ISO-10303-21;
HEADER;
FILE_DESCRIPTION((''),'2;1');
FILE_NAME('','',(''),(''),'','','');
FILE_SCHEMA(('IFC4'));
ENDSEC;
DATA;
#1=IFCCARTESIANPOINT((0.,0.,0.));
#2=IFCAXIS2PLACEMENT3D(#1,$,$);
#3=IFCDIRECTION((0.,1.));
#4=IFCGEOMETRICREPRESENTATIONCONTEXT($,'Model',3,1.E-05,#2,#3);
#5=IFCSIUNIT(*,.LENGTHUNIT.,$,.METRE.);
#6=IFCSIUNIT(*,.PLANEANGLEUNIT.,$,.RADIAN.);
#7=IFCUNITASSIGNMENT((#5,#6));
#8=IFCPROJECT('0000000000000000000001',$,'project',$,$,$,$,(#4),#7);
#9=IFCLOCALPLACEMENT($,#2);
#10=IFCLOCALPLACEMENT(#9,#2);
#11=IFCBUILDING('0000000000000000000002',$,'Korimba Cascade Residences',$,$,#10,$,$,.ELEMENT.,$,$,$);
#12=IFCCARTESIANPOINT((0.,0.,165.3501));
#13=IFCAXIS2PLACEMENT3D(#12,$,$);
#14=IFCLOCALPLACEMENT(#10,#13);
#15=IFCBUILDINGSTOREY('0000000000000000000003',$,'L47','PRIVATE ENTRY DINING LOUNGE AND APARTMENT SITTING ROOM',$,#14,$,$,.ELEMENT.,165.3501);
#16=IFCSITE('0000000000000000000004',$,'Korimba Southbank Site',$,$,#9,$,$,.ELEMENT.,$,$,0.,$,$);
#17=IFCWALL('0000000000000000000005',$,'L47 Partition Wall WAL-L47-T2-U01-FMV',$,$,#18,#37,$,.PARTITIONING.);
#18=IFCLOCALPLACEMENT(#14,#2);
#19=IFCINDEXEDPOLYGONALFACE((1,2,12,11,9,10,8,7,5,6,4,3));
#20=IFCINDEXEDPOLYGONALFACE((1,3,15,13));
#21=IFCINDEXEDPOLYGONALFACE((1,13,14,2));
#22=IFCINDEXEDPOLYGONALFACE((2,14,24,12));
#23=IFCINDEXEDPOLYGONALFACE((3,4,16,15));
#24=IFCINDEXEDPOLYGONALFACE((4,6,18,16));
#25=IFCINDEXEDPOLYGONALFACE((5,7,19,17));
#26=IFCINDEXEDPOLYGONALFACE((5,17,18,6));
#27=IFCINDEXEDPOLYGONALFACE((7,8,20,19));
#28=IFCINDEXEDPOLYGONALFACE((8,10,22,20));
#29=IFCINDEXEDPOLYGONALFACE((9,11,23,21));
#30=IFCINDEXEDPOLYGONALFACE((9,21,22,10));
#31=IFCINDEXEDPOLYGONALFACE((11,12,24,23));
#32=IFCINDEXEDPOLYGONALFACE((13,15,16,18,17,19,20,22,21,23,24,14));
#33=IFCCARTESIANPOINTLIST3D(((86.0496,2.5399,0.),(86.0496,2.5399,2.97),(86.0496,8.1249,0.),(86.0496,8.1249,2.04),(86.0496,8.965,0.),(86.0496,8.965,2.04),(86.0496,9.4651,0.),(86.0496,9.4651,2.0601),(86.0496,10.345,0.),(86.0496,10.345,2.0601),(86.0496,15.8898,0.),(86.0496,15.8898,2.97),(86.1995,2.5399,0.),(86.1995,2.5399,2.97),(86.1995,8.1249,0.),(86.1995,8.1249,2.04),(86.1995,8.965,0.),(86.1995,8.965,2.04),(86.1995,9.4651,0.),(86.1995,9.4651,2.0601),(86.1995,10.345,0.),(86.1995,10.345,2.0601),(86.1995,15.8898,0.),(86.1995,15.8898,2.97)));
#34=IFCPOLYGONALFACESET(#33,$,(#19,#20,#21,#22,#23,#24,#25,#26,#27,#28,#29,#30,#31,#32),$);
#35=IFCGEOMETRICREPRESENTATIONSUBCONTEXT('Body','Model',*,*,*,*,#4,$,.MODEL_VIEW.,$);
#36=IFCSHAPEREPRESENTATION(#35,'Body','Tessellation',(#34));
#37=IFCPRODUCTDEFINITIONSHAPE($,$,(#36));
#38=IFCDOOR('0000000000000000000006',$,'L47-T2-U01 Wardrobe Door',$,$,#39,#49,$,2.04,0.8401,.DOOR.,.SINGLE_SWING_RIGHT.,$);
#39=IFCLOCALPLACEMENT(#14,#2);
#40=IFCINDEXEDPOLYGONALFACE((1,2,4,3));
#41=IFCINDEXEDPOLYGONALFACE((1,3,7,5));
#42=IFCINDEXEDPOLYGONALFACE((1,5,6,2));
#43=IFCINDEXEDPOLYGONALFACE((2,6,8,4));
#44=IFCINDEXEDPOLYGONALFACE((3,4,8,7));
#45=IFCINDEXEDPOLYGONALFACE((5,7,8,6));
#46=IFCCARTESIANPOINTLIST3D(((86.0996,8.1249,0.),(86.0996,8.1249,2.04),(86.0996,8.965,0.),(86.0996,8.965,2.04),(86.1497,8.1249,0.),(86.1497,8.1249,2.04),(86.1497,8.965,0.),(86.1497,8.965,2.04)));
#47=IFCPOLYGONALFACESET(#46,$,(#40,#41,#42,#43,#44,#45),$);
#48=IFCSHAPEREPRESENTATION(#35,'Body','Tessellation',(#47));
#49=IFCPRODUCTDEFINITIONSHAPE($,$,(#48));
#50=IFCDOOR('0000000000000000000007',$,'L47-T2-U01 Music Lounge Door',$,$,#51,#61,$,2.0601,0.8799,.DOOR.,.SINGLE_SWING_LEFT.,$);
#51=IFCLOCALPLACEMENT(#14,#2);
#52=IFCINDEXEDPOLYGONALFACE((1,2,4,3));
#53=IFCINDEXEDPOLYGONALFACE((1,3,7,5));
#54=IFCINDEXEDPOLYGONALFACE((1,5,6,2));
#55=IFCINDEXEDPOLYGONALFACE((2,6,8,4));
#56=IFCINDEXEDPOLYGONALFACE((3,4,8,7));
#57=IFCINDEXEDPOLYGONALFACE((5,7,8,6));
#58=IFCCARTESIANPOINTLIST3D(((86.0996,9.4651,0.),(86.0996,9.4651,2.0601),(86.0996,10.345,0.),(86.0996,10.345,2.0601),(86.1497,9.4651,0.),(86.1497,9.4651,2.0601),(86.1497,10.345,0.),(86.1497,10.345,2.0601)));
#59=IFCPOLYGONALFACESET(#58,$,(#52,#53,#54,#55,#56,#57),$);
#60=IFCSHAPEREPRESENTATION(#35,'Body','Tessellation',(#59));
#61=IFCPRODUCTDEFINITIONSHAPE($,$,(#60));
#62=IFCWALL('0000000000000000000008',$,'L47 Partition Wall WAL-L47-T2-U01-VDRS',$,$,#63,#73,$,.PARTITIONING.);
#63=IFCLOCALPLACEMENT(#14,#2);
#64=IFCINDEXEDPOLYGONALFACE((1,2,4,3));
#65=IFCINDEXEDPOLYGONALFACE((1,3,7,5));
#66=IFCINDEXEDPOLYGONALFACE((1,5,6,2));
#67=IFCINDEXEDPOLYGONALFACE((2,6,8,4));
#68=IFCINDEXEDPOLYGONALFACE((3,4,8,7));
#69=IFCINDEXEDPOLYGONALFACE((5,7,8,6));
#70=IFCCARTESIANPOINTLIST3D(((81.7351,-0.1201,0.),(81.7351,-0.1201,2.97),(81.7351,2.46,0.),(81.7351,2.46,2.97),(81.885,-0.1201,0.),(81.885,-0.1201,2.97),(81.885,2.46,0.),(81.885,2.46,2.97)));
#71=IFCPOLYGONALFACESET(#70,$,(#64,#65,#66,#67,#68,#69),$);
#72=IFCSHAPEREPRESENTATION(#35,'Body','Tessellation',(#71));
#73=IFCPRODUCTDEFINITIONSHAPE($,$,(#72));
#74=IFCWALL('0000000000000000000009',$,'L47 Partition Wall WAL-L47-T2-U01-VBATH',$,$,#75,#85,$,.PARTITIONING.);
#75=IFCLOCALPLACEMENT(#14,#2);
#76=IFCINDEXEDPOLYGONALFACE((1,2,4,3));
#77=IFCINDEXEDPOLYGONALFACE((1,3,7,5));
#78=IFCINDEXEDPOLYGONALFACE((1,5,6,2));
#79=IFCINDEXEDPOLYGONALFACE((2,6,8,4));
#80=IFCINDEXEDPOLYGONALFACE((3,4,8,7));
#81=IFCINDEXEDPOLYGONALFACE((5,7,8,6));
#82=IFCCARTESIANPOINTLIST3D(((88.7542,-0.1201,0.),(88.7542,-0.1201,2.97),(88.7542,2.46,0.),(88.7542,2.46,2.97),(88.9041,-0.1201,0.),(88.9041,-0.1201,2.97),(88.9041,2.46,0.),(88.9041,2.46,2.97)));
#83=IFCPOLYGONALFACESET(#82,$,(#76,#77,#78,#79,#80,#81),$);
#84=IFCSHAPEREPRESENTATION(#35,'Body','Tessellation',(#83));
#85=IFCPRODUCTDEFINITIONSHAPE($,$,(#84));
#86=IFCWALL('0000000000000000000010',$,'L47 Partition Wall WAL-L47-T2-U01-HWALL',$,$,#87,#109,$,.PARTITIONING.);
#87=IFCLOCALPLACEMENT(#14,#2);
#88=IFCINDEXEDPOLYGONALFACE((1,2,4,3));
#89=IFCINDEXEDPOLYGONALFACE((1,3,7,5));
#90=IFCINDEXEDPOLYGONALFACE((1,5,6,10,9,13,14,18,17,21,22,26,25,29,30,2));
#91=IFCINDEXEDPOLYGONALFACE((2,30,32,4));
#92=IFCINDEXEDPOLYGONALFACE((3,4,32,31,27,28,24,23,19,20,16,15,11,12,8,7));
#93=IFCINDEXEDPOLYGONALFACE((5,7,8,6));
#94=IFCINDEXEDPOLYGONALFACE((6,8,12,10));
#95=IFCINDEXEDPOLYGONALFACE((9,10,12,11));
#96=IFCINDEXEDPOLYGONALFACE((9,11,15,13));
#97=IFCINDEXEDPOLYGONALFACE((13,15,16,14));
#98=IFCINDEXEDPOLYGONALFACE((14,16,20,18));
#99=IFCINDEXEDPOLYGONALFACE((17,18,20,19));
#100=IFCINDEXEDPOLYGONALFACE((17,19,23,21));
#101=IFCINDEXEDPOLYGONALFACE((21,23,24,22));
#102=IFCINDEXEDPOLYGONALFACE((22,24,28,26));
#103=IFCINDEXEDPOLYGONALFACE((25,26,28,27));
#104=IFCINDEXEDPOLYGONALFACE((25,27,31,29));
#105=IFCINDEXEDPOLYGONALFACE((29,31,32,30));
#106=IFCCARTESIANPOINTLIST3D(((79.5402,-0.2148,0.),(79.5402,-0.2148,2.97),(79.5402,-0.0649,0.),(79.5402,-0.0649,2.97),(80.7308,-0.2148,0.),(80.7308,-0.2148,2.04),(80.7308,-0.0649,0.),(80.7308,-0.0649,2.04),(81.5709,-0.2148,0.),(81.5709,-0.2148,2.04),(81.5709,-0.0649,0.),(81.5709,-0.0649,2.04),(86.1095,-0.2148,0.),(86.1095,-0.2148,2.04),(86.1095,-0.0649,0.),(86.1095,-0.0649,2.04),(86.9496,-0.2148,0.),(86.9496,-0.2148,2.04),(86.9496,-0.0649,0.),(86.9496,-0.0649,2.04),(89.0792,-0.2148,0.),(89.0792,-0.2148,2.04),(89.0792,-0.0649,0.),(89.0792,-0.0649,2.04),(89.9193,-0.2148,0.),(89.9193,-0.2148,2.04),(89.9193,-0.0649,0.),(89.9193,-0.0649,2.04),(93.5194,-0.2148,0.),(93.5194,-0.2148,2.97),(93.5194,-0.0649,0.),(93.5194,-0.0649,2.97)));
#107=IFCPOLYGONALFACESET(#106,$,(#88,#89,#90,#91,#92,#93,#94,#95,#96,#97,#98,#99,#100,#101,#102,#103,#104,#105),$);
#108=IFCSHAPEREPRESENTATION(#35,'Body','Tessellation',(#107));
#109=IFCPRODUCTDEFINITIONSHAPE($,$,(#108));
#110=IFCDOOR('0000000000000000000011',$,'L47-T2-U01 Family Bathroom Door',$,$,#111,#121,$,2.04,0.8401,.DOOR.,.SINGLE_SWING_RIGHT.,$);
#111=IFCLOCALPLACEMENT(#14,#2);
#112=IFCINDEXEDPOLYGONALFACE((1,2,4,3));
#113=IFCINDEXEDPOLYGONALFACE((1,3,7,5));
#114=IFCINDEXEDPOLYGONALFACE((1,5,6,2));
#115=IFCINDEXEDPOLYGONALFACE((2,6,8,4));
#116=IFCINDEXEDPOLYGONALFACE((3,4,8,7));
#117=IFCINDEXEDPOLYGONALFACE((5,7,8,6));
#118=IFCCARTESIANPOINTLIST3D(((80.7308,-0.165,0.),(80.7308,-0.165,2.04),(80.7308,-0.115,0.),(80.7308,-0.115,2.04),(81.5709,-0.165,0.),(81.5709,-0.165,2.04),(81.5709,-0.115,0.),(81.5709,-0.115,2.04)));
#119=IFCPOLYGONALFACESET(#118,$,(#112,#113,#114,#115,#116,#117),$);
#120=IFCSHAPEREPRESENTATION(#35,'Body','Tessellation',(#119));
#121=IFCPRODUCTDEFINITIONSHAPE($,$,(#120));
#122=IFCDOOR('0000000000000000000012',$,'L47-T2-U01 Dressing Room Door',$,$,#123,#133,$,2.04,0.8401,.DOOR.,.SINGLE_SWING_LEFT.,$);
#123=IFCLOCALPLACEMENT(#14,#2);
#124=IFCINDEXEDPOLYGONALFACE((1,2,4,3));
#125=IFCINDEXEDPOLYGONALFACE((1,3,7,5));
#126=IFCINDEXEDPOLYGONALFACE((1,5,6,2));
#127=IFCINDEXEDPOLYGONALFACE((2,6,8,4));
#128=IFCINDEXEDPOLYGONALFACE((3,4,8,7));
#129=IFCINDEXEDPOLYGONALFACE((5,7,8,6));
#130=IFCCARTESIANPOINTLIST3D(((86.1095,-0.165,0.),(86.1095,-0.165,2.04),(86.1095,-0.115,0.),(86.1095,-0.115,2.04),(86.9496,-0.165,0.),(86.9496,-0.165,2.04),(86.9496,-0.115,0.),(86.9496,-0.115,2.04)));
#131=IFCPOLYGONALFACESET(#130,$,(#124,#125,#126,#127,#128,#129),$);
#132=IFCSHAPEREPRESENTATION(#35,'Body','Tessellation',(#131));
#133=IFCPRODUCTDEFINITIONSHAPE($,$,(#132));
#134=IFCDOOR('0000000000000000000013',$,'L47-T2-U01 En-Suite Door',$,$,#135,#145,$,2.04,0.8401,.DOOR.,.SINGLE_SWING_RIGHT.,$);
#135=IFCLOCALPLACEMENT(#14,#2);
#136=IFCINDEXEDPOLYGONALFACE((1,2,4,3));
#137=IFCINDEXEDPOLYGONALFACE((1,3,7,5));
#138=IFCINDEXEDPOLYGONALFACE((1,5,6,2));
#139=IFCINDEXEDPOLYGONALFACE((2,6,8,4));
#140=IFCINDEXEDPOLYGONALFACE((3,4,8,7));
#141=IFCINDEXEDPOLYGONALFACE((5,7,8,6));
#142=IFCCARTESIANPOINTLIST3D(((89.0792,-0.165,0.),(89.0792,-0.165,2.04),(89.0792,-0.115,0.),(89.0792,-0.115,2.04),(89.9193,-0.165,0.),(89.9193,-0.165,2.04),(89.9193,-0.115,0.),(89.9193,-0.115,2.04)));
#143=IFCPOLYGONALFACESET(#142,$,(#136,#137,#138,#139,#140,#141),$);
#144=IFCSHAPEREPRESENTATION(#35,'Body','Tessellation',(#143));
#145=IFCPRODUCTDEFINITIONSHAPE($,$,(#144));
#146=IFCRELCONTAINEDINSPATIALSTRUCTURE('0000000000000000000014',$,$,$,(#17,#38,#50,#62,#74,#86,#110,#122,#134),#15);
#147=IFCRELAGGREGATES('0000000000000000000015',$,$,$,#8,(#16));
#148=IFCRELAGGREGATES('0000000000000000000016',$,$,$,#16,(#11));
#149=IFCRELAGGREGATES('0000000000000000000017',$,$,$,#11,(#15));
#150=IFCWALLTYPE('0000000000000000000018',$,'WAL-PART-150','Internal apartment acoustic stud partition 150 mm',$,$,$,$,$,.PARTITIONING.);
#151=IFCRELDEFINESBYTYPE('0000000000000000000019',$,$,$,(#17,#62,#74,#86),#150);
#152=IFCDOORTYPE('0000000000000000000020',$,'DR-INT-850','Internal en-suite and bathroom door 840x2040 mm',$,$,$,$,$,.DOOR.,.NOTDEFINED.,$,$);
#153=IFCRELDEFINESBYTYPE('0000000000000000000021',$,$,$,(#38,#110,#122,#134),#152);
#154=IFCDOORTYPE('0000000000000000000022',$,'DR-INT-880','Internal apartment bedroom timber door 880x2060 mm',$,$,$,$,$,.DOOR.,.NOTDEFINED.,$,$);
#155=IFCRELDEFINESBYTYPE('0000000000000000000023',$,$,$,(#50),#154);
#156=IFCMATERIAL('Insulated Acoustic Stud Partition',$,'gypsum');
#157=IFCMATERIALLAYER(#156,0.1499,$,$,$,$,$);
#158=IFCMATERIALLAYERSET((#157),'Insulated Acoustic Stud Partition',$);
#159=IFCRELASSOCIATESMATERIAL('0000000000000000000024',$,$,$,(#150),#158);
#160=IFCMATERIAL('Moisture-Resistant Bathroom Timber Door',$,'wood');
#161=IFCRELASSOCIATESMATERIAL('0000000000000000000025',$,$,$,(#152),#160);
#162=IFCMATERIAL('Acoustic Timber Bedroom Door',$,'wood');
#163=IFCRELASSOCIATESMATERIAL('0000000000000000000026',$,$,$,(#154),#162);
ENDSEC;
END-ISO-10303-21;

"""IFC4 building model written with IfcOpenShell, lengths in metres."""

from ifc_helpers import new_model, si_unit, direction, frame, frame_2d, origin, place, context, subcontext, project, spatial, rectangle, extrude, material, layer, layer_set, type_object, element, fill, save


model = new_model("IFC4")

# Units and contexts
model_context = context("Model", 3, precision=1e-05, world=origin(), true_north=direction((0.0, 1.0)))
body_context = subcontext(model_context, "Body", "Model", "MODEL_VIEW")
ifc_project = project(units=[si_unit("LENGTHUNIT", "METRE"), si_unit("PLANEANGLEUNIT", "RADIAN")], contexts=[model_context])

# Site, building, storey
site_placement = place(None, origin())
site = spatial("IfcSite", under=ifc_project, at=site_placement, Name="Korimba Southbank Site", CompositionType="ELEMENT", RefElevation=0.0)
building_placement = place(site_placement, origin())
building = spatial("IfcBuilding", under=site, at=building_placement, Name="Korimba Cascade Residences", CompositionType="ELEMENT")
storey_placement = place(building_placement, frame((0.0, 0.0, 165.3501)))
storey = spatial("IfcBuildingStorey", under=building, at=storey_placement, Name="L47", Description="PRIVATE ENTRY DINING LOUNGE AND APARTMENT SITTING ROOM", CompositionType="ELEMENT", Elevation=165.3501)

# Wall, openings, doors
ifc_material_1 = material(Name="Insulated Acoustic Stud Partition", Category="gypsum")
ifc_layer_1 = layer(ifc_material_1, 0.1499)
ifc_layer_set_1 = layer_set([ifc_layer_1], Name="Insulated Acoustic Stud Partition")
wall_type_1 = type_object("IfcWallType", Name="WAL-PART-150", Description="Internal apartment acoustic stud partition 150 mm", PredefinedType="PARTITIONING", material=ifc_layer_set_1)
wall_1_placement = place(storey_placement, frame((86.1245, 2.54, 0.0), z_axis=(0.0, 0.0, 1.0), x_axis=(0.0, 1.0, 0.0)))
wall_1 = element("IfcWall", 1, at=wall_1_placement, inside=storey, type_object=wall_type_1, Name="L47 Partition Wall WAL-L47-T2-U01-FMV", PredefinedType="PARTITIONING", context=body_context, shape_type="SweptSolid", body=[
    extrude(rectangle(XDim=13.3499, YDim=0.1499, at=frame_2d((6.6748, 0.0))), origin(), (0.0, 0.0, 1.0), 2.97),
])
opening_1_placement = place(wall_1_placement, frame((5.585, 0.0, 0.0)))
opening_1 = element("IfcOpeningElement", 2, at=opening_1_placement, cuts=wall_1, PredefinedType="OPENING", context=body_context, shape_type="SweptSolid", body=[
    extrude(rectangle(XDim=0.8401, YDim=2.04, at=frame_2d((0.4199, 1.02))), frame((0.0, 0.085, 0.0), z_axis=(0.0, -1.0, 0.0), x_axis=(1.0, 0.0, 0.0)), (0.0, 0.0, 1.0), 0.1699),
])
opening_2_placement = place(wall_1_placement, frame((6.925, 0.0, 0.0)))
opening_2 = element("IfcOpeningElement", 3, at=opening_2_placement, cuts=wall_1, PredefinedType="OPENING", context=body_context, shape_type="SweptSolid", body=[
    extrude(rectangle(XDim=0.8799, YDim=2.0601, at=frame_2d((0.4399, 1.03))), frame((0.0, 0.085, 0.0), z_axis=(0.0, -1.0, 0.0), x_axis=(1.0, 0.0, 0.0)), (0.0, 0.0, 1.0), 0.1699),
])
ifc_material_2 = material(Name="Moisture-Resistant Bathroom Timber Door", Category="wood")
door_type_1 = type_object("IfcDoorType", Name="DR-INT-850", Description="Internal en-suite and bathroom door 840x2040 mm", OperationType="NOTDEFINED", PredefinedType="DOOR", material=ifc_material_2)
door_1_placement = place(opening_1_placement, origin())
door_1 = element("IfcDoor", 4, at=door_1_placement, inside=storey, type_object=door_type_1, Name="L47-T2-U01 Wardrobe Door", OperationType="SINGLE_SWING_RIGHT", OverallHeight=2.04, OverallWidth=0.8401, PredefinedType="DOOR", context=body_context, shape_type="SweptSolid", body=[
    extrude(rectangle(XDim=0.8401, YDim=2.04, at=frame_2d((0.4199, 1.02))), frame((0.0, 0.0249, 0.0), z_axis=(0.0, -1.0, 0.0), x_axis=(1.0, 0.0, 0.0)), (0.0, 0.0, 1.0), 0.05),
])
fill(opening_1, door_1)
ifc_material_3 = material(Name="Acoustic Timber Bedroom Door", Category="wood")
door_type_2 = type_object("IfcDoorType", Name="DR-INT-880", Description="Internal apartment bedroom timber door 880x2060 mm", OperationType="NOTDEFINED", PredefinedType="DOOR", material=ifc_material_3)
door_2_placement = place(opening_2_placement, origin())
door_2 = element("IfcDoor", 5, at=door_2_placement, inside=storey, type_object=door_type_2, Name="L47-T2-U01 Music Lounge Door", OperationType="SINGLE_SWING_LEFT", OverallHeight=2.0601, OverallWidth=0.8799, PredefinedType="DOOR", context=body_context, shape_type="SweptSolid", body=[
    extrude(rectangle(XDim=0.8799, YDim=2.0601, at=frame_2d((0.4399, 1.03))), frame((0.0, 0.0249, 0.0), z_axis=(0.0, -1.0, 0.0), x_axis=(1.0, 0.0, 0.0)), (0.0, 0.0, 1.0), 0.05),
])
fill(opening_2, door_2)

# Walls
for number, where, z_axis, x_axis, name in (
    (6, (81.8101, -0.1201, 0.0), (0.0, 0.0, 1.0), (0.0, 1.0, 0.0), "L47 Partition Wall WAL-L47-T2-U01-VDRS"),
    (7, (88.8291, -0.1201, 0.0), (0.0, 0.0, 1.0), (0.0, 1.0, 0.0), "L47 Partition Wall WAL-L47-T2-U01-VBATH"),
):
    element("IfcWall", number, at=place(storey_placement, frame(where, z_axis=z_axis, x_axis=x_axis)), inside=storey, type_object=wall_type_1, Name=name, PredefinedType="PARTITIONING", context=body_context, shape_type="SweptSolid", body=[
        extrude(rectangle(XDim=2.5801, YDim=0.1499, at=frame_2d((1.29, 0.0))), origin(), (0.0, 0.0, 1.0), 2.97),
    ])

# Wall, openings, doors
wall_2_placement = place(storey_placement, frame((79.54, -0.1399, 0.0), z_axis=(0.0, 0.0, 1.0), x_axis=(1.0, 0.0, 0.0)))
wall_2 = element("IfcWall", 8, at=wall_2_placement, inside=storey, type_object=wall_type_1, Name="L47 Partition Wall WAL-L47-T2-U01-HWALL", PredefinedType="PARTITIONING", context=body_context, shape_type="SweptSolid", body=[
    extrude(rectangle(XDim=13.9792, YDim=0.1499, at=frame_2d((6.9897, 0.0))), origin(), (0.0, 0.0, 1.0), 2.97),
])
opening_3_placement = place(wall_2_placement, frame((1.1909, 0.0, 0.0)))
opening_3 = element("IfcOpeningElement", 9, at=opening_3_placement, cuts=wall_2, PredefinedType="OPENING", context=body_context, shape_type="SweptSolid", body=[
    extrude(rectangle(XDim=0.8401, YDim=2.04, at=frame_2d((0.4199, 1.02))), frame((0.0, 0.085, 0.0), z_axis=(0.0, -1.0, 0.0), x_axis=(1.0, 0.0, 0.0)), (0.0, 0.0, 1.0), 0.1699),
])
opening_4_placement = place(wall_2_placement, frame((6.5696, 0.0, 0.0)))
opening_4 = element("IfcOpeningElement", 10, at=opening_4_placement, cuts=wall_2, PredefinedType="OPENING", context=body_context, shape_type="SweptSolid", body=[
    extrude(rectangle(XDim=0.8401, YDim=2.04, at=frame_2d((0.4199, 1.02))), frame((0.0, 0.085, 0.0), z_axis=(0.0, -1.0, 0.0), x_axis=(1.0, 0.0, 0.0)), (0.0, 0.0, 1.0), 0.1699),
])
opening_5_placement = place(wall_2_placement, frame((9.5393, 0.0, 0.0)))
opening_5 = element("IfcOpeningElement", 11, at=opening_5_placement, cuts=wall_2, PredefinedType="OPENING", context=body_context, shape_type="SweptSolid", body=[
    extrude(rectangle(XDim=0.8401, YDim=2.04, at=frame_2d((0.4199, 1.02))), frame((0.0, 0.085, 0.0), z_axis=(0.0, -1.0, 0.0), x_axis=(1.0, 0.0, 0.0)), (0.0, 0.0, 1.0), 0.1699),
])
door_3_placement = place(opening_3_placement, origin())
door_3 = element("IfcDoor", 12, at=door_3_placement, inside=storey, type_object=door_type_1, Name="L47-T2-U01 Family Bathroom Door", OperationType="SINGLE_SWING_RIGHT", OverallHeight=2.04, OverallWidth=0.8401, PredefinedType="DOOR", context=body_context, shape_type="SweptSolid", body=[
    extrude(rectangle(XDim=0.8401, YDim=2.04, at=frame_2d((0.4199, 1.02))), frame((0.0, 0.0249, 0.0), z_axis=(0.0, -1.0, 0.0), x_axis=(1.0, 0.0, 0.0)), (0.0, 0.0, 1.0), 0.05),
])
fill(opening_3, door_3)
door_4_placement = place(opening_4_placement, origin())
door_4 = element("IfcDoor", 13, at=door_4_placement, inside=storey, type_object=door_type_1, Name="L47-T2-U01 Dressing Room Door", OperationType="SINGLE_SWING_LEFT", OverallHeight=2.04, OverallWidth=0.8401, PredefinedType="DOOR", context=body_context, shape_type="SweptSolid", body=[
    extrude(rectangle(XDim=0.8401, YDim=2.04, at=frame_2d((0.4199, 1.02))), frame((0.0, 0.0249, 0.0), z_axis=(0.0, -1.0, 0.0), x_axis=(1.0, 0.0, 0.0)), (0.0, 0.0, 1.0), 0.05),
])
fill(opening_4, door_4)
door_5_placement = place(opening_5_placement, origin())
door_5 = element("IfcDoor", 14, at=door_5_placement, inside=storey, type_object=door_type_1, Name="L47-T2-U01 En-Suite Door", OperationType="SINGLE_SWING_RIGHT", OverallHeight=2.04, OverallWidth=0.8401, PredefinedType="DOOR", context=body_context, shape_type="SweptSolid", body=[
    extrude(rectangle(XDim=0.8401, YDim=2.04, at=frame_2d((0.4199, 1.02))), frame((0.0, 0.0249, 0.0), z_axis=(0.0, -1.0, 0.0), x_axis=(1.0, 0.0, 0.0)), (0.0, 0.0, 1.0), 0.05),
])
fill(opening_5, door_5)

save(model, "model.ifc")
